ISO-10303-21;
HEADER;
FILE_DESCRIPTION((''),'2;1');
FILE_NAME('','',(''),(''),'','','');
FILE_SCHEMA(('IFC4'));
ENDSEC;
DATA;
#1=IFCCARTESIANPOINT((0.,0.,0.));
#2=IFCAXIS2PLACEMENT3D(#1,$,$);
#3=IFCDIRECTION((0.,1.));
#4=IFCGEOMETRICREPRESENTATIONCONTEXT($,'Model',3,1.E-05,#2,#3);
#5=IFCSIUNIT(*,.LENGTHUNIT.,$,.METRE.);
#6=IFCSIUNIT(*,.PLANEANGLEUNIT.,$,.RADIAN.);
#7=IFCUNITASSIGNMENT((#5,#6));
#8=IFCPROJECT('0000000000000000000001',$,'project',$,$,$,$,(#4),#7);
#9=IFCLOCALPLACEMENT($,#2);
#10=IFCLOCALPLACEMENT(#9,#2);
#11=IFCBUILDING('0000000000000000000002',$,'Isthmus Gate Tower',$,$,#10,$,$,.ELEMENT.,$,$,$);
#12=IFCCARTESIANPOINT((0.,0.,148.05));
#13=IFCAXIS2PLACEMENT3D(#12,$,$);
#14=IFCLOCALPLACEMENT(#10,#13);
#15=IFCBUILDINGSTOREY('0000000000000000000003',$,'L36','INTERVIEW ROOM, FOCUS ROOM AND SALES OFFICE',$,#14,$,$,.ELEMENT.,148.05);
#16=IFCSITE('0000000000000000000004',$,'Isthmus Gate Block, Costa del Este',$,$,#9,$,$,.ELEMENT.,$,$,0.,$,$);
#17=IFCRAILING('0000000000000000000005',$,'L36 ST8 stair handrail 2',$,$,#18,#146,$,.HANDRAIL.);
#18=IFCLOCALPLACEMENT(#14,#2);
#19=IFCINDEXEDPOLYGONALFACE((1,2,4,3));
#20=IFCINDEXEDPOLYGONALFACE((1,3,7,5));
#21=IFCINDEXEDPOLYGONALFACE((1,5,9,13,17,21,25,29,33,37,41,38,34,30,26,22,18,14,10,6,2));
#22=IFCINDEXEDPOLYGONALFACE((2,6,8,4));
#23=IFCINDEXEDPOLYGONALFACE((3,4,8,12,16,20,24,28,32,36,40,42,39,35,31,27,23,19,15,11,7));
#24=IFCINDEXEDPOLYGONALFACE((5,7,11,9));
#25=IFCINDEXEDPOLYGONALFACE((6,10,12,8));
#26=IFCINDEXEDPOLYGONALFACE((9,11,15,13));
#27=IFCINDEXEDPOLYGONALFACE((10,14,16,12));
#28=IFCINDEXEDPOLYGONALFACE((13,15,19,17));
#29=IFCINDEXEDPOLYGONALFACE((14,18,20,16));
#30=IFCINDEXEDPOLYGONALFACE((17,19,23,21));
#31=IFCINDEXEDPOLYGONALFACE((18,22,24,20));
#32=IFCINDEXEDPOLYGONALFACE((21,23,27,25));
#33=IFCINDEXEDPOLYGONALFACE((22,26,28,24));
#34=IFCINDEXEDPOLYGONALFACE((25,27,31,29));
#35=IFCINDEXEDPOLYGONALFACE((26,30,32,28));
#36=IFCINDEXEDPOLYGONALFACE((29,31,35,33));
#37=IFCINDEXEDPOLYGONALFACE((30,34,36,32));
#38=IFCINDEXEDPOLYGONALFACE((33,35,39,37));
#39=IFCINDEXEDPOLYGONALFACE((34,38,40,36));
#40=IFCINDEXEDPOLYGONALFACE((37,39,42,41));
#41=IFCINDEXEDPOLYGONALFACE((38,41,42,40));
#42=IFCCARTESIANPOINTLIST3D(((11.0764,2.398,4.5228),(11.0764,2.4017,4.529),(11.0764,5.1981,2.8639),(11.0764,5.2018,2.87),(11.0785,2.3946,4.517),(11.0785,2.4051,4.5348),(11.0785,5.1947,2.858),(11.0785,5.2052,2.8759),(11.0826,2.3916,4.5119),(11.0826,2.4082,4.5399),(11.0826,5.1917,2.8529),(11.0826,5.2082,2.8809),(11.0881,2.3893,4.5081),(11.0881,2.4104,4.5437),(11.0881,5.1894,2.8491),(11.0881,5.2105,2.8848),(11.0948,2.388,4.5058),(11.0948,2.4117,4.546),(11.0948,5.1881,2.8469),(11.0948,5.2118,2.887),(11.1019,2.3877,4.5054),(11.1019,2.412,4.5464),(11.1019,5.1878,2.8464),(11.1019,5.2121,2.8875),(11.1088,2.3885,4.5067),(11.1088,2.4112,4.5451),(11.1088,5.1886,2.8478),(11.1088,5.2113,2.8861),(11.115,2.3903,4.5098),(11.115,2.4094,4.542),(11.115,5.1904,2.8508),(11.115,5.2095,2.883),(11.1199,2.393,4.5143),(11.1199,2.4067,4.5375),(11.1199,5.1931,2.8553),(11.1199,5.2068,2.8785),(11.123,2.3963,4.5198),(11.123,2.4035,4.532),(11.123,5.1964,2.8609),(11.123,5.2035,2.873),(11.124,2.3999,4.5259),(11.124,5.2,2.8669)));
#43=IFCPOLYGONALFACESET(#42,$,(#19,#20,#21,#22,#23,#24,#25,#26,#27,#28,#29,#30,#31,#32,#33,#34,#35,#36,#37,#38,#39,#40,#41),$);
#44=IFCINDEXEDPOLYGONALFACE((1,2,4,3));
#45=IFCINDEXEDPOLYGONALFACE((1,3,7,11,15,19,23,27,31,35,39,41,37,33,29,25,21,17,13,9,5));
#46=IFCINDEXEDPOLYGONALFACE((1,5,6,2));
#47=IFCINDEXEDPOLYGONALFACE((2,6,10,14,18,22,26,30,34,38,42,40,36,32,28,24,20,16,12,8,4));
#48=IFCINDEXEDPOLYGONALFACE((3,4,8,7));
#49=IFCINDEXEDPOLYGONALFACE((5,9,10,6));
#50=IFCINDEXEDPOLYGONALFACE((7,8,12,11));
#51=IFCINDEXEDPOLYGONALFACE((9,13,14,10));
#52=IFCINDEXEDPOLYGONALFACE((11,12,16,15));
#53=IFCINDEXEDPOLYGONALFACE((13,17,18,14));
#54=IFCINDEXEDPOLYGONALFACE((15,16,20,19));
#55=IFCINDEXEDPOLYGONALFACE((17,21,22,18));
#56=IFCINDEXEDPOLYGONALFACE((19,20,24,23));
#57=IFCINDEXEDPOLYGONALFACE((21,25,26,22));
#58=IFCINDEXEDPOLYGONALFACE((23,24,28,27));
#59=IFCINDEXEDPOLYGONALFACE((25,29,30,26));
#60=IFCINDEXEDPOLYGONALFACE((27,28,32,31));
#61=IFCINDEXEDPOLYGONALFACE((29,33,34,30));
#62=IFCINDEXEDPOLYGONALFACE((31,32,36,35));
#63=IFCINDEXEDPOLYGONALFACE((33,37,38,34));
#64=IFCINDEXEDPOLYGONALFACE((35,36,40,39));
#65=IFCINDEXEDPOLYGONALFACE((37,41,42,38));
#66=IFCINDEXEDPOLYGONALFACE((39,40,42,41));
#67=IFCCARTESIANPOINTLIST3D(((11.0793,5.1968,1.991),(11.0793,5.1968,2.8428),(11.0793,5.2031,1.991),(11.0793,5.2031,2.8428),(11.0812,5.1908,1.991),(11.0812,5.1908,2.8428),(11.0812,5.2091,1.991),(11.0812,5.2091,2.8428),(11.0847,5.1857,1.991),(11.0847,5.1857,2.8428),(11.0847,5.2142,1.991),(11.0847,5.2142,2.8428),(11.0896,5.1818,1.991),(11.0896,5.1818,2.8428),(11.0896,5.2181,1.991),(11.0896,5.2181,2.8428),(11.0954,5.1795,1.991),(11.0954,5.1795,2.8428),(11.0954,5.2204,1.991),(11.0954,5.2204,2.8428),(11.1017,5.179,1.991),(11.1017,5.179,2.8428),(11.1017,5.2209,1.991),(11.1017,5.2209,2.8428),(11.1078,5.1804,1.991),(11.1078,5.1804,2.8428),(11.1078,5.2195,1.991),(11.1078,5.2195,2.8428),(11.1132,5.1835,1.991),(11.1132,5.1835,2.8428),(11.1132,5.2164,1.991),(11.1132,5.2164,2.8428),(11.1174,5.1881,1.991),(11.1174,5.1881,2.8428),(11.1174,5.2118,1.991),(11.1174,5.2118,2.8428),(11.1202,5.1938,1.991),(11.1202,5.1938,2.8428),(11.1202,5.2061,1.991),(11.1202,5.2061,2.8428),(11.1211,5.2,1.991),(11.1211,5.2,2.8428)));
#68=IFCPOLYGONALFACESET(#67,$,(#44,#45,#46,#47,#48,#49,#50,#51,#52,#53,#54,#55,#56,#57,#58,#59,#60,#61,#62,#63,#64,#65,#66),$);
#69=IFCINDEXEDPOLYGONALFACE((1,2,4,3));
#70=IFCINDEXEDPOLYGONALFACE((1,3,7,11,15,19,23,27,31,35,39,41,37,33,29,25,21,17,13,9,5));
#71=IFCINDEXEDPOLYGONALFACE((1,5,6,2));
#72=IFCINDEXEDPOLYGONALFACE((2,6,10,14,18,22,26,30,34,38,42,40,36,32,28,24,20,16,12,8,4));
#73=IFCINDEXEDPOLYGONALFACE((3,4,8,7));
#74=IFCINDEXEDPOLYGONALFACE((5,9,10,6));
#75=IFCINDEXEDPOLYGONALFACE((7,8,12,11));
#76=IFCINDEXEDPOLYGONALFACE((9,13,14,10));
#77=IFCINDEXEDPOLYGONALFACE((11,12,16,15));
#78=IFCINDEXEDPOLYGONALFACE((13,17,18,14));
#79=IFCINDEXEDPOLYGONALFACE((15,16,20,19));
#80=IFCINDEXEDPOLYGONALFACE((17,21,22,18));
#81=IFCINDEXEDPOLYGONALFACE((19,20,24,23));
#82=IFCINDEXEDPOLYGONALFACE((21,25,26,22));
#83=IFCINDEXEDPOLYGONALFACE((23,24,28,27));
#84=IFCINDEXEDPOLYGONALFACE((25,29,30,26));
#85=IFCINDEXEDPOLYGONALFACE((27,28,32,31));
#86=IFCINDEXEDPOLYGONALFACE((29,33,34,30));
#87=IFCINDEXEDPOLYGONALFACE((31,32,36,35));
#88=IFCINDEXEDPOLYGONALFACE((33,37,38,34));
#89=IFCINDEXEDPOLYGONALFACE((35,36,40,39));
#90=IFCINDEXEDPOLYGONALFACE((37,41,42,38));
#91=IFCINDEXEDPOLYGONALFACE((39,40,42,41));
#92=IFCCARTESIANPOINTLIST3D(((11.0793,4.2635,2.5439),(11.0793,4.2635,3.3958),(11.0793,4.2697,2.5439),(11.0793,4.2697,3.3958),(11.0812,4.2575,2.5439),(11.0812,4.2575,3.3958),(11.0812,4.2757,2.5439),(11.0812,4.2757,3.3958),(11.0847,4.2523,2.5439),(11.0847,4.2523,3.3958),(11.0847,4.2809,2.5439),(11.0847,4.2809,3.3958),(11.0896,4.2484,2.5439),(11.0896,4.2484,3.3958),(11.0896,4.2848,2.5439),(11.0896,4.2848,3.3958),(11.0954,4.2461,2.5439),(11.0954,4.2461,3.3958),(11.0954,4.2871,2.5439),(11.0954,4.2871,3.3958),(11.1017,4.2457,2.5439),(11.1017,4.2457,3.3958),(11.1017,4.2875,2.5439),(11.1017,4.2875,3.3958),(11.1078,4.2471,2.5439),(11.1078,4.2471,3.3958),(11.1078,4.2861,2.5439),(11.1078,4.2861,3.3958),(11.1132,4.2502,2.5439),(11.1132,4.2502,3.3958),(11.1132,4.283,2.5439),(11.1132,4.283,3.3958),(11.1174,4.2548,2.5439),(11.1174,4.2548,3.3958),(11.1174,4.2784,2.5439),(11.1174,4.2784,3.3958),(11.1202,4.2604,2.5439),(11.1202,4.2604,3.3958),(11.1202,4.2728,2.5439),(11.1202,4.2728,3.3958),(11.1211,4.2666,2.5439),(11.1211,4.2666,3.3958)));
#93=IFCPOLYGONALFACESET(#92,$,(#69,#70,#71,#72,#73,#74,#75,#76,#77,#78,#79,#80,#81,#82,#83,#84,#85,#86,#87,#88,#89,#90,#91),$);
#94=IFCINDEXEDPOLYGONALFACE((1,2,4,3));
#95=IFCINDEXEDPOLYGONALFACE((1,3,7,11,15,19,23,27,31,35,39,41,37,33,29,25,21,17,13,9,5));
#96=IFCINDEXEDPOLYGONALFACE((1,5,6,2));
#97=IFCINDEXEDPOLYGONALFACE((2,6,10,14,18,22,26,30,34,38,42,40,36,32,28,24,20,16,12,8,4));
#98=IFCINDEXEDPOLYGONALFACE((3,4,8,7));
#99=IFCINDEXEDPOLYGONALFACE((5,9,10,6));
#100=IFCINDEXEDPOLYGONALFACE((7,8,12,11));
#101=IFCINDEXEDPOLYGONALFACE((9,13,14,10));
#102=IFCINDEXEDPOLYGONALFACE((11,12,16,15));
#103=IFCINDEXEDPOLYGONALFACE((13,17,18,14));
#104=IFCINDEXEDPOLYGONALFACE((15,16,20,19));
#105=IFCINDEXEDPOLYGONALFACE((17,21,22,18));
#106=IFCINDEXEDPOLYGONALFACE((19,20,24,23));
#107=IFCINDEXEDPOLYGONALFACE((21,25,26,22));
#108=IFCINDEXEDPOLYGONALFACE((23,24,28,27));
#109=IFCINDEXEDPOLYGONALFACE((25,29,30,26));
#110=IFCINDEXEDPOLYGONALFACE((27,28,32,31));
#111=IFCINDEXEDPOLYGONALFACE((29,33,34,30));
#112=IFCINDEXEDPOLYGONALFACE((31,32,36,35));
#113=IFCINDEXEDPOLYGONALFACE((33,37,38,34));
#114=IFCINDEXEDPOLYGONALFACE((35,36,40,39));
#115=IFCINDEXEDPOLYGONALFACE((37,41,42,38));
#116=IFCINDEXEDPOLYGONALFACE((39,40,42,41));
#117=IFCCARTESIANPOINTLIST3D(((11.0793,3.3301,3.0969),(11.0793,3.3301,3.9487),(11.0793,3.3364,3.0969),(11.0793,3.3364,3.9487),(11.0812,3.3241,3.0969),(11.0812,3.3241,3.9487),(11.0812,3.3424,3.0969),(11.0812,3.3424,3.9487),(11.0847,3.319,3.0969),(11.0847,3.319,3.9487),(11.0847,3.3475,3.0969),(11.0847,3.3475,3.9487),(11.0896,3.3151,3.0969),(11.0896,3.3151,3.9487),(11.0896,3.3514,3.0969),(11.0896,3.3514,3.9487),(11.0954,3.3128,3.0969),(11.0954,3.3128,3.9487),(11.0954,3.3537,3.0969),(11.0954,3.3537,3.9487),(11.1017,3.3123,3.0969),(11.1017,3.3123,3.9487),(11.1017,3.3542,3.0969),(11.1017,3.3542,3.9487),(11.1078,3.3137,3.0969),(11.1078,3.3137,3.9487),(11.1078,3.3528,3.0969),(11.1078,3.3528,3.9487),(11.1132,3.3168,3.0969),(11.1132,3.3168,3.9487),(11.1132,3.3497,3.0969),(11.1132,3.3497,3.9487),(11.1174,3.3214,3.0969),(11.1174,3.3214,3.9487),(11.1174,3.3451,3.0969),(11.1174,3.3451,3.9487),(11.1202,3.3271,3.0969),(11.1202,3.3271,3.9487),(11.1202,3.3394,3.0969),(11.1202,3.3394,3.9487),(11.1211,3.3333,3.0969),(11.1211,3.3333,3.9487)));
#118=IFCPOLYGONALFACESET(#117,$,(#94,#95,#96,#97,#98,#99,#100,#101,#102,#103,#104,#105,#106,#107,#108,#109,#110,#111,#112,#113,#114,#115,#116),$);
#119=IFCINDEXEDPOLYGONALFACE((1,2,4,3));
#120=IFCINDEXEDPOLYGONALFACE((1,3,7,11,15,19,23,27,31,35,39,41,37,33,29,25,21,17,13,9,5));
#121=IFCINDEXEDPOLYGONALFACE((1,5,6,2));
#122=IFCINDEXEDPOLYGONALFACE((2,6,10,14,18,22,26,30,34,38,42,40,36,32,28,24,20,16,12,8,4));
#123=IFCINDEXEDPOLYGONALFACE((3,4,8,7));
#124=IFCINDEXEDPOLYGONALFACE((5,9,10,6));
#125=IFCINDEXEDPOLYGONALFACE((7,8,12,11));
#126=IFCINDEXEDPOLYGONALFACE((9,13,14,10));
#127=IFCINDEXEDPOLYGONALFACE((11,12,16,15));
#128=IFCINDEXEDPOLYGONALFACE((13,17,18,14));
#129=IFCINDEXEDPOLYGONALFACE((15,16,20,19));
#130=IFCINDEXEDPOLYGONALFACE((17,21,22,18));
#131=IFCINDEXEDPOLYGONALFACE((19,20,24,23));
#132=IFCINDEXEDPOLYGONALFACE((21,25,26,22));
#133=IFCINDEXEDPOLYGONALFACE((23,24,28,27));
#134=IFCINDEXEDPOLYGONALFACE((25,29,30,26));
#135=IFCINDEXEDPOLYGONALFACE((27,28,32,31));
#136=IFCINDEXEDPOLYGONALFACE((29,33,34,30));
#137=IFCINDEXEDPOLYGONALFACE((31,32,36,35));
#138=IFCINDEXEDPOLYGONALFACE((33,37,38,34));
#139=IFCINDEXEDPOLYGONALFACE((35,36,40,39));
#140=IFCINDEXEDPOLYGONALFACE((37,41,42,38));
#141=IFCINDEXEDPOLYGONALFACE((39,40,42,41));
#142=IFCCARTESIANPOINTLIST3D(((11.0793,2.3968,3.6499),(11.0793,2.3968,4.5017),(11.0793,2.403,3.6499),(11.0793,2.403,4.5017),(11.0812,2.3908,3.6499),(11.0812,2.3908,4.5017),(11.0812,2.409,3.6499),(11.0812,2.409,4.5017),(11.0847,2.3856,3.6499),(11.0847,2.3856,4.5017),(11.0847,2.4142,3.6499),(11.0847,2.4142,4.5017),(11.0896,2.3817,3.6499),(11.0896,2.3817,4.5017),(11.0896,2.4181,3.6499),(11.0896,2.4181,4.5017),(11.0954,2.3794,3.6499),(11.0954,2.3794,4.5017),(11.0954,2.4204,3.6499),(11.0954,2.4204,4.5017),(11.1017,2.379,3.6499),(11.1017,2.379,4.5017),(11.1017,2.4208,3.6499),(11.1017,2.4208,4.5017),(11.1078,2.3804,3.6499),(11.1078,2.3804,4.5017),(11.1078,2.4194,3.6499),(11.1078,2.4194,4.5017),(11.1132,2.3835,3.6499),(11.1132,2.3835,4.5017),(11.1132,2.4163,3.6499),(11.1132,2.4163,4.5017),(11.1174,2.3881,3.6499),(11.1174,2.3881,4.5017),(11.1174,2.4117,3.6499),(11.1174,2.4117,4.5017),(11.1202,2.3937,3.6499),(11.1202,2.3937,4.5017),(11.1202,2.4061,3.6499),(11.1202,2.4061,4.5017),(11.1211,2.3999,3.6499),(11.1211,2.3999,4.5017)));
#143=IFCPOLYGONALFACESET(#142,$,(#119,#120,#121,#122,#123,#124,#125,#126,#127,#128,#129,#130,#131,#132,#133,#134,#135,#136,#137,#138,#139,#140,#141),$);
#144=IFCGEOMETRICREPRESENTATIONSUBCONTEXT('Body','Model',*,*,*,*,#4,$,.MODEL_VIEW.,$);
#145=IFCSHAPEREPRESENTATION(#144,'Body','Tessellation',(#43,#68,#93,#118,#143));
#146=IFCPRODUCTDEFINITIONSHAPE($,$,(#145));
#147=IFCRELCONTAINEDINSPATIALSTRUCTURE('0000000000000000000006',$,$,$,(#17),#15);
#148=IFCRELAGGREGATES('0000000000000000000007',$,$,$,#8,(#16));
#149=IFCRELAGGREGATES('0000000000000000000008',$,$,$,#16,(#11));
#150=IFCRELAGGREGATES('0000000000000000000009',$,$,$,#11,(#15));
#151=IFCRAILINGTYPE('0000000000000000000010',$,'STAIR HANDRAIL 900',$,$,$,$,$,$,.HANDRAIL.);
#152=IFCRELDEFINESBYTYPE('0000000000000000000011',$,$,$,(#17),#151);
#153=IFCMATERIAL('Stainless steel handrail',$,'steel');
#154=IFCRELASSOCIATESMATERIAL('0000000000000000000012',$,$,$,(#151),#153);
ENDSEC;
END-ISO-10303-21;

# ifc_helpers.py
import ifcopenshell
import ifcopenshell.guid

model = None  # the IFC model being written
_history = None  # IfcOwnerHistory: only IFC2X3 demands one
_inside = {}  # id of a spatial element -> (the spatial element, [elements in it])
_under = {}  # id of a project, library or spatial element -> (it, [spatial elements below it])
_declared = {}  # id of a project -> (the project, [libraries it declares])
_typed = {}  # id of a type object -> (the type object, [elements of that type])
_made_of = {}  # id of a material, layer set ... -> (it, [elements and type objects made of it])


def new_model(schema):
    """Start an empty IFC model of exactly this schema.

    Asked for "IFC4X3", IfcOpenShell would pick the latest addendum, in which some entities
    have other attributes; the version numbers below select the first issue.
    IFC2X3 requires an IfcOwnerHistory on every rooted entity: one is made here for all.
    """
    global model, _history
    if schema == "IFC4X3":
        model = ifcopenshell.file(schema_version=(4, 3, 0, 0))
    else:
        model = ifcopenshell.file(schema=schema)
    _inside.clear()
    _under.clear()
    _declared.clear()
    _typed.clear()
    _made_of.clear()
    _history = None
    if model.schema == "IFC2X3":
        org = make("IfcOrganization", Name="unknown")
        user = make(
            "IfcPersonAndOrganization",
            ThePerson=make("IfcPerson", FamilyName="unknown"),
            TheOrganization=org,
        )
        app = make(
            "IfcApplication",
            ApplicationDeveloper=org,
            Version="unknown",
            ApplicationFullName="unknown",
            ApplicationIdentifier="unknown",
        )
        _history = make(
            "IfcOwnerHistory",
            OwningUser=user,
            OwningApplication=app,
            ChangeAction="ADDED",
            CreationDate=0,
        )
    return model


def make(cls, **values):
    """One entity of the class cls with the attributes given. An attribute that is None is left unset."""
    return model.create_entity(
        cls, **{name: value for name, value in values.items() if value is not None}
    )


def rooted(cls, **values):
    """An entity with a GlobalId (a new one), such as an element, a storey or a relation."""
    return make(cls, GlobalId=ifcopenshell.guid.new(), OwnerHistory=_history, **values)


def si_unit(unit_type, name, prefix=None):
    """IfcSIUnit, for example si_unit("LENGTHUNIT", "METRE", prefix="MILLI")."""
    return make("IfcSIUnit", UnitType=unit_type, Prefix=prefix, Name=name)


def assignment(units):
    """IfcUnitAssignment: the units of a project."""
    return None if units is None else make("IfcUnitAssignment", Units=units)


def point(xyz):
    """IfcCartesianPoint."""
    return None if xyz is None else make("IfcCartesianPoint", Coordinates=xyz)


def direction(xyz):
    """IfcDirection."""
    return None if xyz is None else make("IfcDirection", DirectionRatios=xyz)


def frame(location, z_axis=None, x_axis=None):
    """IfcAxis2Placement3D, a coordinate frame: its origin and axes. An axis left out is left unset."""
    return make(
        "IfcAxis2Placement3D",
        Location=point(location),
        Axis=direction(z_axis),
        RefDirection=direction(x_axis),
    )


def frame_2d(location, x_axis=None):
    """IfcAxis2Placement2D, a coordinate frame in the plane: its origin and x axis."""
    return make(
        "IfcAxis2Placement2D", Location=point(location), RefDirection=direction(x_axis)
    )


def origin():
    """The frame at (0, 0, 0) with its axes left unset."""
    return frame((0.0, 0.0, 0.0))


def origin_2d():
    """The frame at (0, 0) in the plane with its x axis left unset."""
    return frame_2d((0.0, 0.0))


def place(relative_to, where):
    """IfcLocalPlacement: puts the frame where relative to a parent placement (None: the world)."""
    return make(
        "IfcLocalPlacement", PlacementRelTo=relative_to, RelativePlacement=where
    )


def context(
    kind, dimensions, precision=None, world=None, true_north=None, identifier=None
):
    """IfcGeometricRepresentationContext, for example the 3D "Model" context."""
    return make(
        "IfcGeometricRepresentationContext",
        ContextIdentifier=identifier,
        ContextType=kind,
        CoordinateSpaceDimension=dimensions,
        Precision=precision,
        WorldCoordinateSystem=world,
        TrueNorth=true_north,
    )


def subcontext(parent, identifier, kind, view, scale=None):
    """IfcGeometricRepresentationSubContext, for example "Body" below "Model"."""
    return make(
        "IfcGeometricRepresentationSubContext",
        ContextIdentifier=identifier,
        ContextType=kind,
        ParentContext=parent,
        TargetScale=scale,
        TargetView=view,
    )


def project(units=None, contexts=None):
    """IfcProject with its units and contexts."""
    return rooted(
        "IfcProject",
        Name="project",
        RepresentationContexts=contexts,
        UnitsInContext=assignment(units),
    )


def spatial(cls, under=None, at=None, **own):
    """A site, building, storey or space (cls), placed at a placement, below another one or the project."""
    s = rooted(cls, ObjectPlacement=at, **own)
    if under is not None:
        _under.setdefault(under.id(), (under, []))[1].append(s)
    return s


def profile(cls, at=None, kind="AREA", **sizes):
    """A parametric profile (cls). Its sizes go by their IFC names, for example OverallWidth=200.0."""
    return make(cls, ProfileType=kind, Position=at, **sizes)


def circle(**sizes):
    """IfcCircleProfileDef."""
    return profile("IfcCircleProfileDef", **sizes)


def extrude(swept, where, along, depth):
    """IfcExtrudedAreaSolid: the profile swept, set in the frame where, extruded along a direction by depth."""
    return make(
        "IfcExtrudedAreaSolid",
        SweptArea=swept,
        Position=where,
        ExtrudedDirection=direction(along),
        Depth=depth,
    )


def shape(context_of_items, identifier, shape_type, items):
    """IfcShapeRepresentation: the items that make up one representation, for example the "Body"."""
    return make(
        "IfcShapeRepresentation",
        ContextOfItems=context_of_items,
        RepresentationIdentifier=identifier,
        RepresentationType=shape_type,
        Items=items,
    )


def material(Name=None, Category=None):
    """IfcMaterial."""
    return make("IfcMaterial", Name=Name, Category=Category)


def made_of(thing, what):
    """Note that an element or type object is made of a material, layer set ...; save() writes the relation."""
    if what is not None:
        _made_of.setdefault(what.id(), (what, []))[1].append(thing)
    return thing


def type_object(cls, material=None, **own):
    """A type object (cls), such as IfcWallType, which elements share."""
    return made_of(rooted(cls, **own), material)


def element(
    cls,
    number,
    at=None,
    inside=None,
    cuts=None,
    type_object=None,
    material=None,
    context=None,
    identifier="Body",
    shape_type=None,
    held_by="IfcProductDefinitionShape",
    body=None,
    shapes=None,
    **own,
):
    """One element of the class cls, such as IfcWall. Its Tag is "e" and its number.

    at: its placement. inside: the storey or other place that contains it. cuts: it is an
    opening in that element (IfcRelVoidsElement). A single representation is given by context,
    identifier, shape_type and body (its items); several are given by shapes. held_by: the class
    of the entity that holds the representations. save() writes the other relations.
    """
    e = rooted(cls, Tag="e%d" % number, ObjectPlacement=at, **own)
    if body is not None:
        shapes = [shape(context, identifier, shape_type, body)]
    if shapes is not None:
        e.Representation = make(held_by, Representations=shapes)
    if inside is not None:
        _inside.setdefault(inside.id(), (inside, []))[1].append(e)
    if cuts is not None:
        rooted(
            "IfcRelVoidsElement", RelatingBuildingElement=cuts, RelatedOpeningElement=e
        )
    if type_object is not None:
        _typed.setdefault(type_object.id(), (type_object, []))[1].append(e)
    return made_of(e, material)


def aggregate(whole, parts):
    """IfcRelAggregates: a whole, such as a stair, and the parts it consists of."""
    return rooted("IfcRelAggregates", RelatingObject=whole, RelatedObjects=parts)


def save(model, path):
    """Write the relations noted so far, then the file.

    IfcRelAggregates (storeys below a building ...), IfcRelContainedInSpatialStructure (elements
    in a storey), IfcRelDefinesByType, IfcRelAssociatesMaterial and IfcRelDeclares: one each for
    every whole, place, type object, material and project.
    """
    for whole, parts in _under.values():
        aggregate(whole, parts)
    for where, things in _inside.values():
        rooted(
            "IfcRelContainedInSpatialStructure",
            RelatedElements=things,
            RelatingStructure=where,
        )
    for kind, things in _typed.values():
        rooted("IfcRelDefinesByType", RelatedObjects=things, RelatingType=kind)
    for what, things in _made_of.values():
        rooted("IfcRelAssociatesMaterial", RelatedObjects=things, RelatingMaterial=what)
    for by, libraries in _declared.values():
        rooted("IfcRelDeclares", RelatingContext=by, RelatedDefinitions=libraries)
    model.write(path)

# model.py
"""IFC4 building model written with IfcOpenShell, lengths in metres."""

from ifc_helpers import new_model, si_unit, direction, frame, origin, origin_2d, place, context, subcontext, project, spatial, circle, extrude, material, type_object, element, save


model = new_model("IFC4")

# Units and contexts
model_context = context("Model", 3, precision=1e-05, world=origin(), true_north=direction((0.0, 1.0)))
body_context = subcontext(model_context, "Body", "Model", "MODEL_VIEW")
ifc_project = project(units=[si_unit("LENGTHUNIT", "METRE"), si_unit("PLANEANGLEUNIT", "RADIAN")], contexts=[model_context])

# Site, building, storey
site_placement = place(None, origin())
site = spatial("IfcSite", under=ifc_project, at=site_placement, Name="Isthmus Gate Block, Costa del Este", CompositionType="ELEMENT", RefElevation=0.0)
building_placement = place(site_placement, origin())
building = spatial("IfcBuilding", under=site, at=building_placement, Name="Isthmus Gate Tower", CompositionType="ELEMENT")
storey_placement = place(building_placement, frame((0.0, 0.0, 148.05)))
storey = spatial("IfcBuildingStorey", under=building, at=storey_placement, Name="L36", Description="INTERVIEW ROOM, FOCUS ROOM AND SALES OFFICE", CompositionType="ELEMENT", Elevation=148.05)

# Railing
ifc_material_1 = material(Name="Stainless steel handrail", Category="steel")
railing_type_1 = type_object("IfcRailingType", Name="STAIR HANDRAIL 900", PredefinedType="HANDRAIL", material=ifc_material_1)
railing_1_placement = place(storey_placement, frame((11.1001, 5.2, 1.991)))
element("IfcRailing", 1, at=railing_1_placement, inside=storey, type_object=railing_type_1, Name="L36 ST8 stair handrail 2", PredefinedType="HANDRAIL", context=body_context, shape_type="SweptSolid", body=[
    extrude(circle(Radius=0.0239, at=origin_2d()), frame((0.0, 0.0, 0.876), z_axis=(0.0, -0.860339, 0.509722), x_axis=(1.0, 0.0, 0.0)), (0.0, 0.0, 1.0), 3.2546),
    extrude(circle(Radius=0.021, at=origin_2d()), origin(), (0.0, 0.0, 1.0), 0.8518),
    extrude(circle(Radius=0.021, at=origin_2d()), frame((0.0, -0.9333, 0.553)), (0.0, 0.0, 1.0), 0.8518),
    extrude(circle(Radius=0.021, at=origin_2d()), frame((0.0, -1.8667, 1.106)), (0.0, 0.0, 1.0), 0.8518),
    extrude(circle(Radius=0.021, at=origin_2d()), frame((0.0, -2.8, 1.6589)), (0.0, 0.0, 1.0), 0.8518),
])

save(model, "model.ifc")
